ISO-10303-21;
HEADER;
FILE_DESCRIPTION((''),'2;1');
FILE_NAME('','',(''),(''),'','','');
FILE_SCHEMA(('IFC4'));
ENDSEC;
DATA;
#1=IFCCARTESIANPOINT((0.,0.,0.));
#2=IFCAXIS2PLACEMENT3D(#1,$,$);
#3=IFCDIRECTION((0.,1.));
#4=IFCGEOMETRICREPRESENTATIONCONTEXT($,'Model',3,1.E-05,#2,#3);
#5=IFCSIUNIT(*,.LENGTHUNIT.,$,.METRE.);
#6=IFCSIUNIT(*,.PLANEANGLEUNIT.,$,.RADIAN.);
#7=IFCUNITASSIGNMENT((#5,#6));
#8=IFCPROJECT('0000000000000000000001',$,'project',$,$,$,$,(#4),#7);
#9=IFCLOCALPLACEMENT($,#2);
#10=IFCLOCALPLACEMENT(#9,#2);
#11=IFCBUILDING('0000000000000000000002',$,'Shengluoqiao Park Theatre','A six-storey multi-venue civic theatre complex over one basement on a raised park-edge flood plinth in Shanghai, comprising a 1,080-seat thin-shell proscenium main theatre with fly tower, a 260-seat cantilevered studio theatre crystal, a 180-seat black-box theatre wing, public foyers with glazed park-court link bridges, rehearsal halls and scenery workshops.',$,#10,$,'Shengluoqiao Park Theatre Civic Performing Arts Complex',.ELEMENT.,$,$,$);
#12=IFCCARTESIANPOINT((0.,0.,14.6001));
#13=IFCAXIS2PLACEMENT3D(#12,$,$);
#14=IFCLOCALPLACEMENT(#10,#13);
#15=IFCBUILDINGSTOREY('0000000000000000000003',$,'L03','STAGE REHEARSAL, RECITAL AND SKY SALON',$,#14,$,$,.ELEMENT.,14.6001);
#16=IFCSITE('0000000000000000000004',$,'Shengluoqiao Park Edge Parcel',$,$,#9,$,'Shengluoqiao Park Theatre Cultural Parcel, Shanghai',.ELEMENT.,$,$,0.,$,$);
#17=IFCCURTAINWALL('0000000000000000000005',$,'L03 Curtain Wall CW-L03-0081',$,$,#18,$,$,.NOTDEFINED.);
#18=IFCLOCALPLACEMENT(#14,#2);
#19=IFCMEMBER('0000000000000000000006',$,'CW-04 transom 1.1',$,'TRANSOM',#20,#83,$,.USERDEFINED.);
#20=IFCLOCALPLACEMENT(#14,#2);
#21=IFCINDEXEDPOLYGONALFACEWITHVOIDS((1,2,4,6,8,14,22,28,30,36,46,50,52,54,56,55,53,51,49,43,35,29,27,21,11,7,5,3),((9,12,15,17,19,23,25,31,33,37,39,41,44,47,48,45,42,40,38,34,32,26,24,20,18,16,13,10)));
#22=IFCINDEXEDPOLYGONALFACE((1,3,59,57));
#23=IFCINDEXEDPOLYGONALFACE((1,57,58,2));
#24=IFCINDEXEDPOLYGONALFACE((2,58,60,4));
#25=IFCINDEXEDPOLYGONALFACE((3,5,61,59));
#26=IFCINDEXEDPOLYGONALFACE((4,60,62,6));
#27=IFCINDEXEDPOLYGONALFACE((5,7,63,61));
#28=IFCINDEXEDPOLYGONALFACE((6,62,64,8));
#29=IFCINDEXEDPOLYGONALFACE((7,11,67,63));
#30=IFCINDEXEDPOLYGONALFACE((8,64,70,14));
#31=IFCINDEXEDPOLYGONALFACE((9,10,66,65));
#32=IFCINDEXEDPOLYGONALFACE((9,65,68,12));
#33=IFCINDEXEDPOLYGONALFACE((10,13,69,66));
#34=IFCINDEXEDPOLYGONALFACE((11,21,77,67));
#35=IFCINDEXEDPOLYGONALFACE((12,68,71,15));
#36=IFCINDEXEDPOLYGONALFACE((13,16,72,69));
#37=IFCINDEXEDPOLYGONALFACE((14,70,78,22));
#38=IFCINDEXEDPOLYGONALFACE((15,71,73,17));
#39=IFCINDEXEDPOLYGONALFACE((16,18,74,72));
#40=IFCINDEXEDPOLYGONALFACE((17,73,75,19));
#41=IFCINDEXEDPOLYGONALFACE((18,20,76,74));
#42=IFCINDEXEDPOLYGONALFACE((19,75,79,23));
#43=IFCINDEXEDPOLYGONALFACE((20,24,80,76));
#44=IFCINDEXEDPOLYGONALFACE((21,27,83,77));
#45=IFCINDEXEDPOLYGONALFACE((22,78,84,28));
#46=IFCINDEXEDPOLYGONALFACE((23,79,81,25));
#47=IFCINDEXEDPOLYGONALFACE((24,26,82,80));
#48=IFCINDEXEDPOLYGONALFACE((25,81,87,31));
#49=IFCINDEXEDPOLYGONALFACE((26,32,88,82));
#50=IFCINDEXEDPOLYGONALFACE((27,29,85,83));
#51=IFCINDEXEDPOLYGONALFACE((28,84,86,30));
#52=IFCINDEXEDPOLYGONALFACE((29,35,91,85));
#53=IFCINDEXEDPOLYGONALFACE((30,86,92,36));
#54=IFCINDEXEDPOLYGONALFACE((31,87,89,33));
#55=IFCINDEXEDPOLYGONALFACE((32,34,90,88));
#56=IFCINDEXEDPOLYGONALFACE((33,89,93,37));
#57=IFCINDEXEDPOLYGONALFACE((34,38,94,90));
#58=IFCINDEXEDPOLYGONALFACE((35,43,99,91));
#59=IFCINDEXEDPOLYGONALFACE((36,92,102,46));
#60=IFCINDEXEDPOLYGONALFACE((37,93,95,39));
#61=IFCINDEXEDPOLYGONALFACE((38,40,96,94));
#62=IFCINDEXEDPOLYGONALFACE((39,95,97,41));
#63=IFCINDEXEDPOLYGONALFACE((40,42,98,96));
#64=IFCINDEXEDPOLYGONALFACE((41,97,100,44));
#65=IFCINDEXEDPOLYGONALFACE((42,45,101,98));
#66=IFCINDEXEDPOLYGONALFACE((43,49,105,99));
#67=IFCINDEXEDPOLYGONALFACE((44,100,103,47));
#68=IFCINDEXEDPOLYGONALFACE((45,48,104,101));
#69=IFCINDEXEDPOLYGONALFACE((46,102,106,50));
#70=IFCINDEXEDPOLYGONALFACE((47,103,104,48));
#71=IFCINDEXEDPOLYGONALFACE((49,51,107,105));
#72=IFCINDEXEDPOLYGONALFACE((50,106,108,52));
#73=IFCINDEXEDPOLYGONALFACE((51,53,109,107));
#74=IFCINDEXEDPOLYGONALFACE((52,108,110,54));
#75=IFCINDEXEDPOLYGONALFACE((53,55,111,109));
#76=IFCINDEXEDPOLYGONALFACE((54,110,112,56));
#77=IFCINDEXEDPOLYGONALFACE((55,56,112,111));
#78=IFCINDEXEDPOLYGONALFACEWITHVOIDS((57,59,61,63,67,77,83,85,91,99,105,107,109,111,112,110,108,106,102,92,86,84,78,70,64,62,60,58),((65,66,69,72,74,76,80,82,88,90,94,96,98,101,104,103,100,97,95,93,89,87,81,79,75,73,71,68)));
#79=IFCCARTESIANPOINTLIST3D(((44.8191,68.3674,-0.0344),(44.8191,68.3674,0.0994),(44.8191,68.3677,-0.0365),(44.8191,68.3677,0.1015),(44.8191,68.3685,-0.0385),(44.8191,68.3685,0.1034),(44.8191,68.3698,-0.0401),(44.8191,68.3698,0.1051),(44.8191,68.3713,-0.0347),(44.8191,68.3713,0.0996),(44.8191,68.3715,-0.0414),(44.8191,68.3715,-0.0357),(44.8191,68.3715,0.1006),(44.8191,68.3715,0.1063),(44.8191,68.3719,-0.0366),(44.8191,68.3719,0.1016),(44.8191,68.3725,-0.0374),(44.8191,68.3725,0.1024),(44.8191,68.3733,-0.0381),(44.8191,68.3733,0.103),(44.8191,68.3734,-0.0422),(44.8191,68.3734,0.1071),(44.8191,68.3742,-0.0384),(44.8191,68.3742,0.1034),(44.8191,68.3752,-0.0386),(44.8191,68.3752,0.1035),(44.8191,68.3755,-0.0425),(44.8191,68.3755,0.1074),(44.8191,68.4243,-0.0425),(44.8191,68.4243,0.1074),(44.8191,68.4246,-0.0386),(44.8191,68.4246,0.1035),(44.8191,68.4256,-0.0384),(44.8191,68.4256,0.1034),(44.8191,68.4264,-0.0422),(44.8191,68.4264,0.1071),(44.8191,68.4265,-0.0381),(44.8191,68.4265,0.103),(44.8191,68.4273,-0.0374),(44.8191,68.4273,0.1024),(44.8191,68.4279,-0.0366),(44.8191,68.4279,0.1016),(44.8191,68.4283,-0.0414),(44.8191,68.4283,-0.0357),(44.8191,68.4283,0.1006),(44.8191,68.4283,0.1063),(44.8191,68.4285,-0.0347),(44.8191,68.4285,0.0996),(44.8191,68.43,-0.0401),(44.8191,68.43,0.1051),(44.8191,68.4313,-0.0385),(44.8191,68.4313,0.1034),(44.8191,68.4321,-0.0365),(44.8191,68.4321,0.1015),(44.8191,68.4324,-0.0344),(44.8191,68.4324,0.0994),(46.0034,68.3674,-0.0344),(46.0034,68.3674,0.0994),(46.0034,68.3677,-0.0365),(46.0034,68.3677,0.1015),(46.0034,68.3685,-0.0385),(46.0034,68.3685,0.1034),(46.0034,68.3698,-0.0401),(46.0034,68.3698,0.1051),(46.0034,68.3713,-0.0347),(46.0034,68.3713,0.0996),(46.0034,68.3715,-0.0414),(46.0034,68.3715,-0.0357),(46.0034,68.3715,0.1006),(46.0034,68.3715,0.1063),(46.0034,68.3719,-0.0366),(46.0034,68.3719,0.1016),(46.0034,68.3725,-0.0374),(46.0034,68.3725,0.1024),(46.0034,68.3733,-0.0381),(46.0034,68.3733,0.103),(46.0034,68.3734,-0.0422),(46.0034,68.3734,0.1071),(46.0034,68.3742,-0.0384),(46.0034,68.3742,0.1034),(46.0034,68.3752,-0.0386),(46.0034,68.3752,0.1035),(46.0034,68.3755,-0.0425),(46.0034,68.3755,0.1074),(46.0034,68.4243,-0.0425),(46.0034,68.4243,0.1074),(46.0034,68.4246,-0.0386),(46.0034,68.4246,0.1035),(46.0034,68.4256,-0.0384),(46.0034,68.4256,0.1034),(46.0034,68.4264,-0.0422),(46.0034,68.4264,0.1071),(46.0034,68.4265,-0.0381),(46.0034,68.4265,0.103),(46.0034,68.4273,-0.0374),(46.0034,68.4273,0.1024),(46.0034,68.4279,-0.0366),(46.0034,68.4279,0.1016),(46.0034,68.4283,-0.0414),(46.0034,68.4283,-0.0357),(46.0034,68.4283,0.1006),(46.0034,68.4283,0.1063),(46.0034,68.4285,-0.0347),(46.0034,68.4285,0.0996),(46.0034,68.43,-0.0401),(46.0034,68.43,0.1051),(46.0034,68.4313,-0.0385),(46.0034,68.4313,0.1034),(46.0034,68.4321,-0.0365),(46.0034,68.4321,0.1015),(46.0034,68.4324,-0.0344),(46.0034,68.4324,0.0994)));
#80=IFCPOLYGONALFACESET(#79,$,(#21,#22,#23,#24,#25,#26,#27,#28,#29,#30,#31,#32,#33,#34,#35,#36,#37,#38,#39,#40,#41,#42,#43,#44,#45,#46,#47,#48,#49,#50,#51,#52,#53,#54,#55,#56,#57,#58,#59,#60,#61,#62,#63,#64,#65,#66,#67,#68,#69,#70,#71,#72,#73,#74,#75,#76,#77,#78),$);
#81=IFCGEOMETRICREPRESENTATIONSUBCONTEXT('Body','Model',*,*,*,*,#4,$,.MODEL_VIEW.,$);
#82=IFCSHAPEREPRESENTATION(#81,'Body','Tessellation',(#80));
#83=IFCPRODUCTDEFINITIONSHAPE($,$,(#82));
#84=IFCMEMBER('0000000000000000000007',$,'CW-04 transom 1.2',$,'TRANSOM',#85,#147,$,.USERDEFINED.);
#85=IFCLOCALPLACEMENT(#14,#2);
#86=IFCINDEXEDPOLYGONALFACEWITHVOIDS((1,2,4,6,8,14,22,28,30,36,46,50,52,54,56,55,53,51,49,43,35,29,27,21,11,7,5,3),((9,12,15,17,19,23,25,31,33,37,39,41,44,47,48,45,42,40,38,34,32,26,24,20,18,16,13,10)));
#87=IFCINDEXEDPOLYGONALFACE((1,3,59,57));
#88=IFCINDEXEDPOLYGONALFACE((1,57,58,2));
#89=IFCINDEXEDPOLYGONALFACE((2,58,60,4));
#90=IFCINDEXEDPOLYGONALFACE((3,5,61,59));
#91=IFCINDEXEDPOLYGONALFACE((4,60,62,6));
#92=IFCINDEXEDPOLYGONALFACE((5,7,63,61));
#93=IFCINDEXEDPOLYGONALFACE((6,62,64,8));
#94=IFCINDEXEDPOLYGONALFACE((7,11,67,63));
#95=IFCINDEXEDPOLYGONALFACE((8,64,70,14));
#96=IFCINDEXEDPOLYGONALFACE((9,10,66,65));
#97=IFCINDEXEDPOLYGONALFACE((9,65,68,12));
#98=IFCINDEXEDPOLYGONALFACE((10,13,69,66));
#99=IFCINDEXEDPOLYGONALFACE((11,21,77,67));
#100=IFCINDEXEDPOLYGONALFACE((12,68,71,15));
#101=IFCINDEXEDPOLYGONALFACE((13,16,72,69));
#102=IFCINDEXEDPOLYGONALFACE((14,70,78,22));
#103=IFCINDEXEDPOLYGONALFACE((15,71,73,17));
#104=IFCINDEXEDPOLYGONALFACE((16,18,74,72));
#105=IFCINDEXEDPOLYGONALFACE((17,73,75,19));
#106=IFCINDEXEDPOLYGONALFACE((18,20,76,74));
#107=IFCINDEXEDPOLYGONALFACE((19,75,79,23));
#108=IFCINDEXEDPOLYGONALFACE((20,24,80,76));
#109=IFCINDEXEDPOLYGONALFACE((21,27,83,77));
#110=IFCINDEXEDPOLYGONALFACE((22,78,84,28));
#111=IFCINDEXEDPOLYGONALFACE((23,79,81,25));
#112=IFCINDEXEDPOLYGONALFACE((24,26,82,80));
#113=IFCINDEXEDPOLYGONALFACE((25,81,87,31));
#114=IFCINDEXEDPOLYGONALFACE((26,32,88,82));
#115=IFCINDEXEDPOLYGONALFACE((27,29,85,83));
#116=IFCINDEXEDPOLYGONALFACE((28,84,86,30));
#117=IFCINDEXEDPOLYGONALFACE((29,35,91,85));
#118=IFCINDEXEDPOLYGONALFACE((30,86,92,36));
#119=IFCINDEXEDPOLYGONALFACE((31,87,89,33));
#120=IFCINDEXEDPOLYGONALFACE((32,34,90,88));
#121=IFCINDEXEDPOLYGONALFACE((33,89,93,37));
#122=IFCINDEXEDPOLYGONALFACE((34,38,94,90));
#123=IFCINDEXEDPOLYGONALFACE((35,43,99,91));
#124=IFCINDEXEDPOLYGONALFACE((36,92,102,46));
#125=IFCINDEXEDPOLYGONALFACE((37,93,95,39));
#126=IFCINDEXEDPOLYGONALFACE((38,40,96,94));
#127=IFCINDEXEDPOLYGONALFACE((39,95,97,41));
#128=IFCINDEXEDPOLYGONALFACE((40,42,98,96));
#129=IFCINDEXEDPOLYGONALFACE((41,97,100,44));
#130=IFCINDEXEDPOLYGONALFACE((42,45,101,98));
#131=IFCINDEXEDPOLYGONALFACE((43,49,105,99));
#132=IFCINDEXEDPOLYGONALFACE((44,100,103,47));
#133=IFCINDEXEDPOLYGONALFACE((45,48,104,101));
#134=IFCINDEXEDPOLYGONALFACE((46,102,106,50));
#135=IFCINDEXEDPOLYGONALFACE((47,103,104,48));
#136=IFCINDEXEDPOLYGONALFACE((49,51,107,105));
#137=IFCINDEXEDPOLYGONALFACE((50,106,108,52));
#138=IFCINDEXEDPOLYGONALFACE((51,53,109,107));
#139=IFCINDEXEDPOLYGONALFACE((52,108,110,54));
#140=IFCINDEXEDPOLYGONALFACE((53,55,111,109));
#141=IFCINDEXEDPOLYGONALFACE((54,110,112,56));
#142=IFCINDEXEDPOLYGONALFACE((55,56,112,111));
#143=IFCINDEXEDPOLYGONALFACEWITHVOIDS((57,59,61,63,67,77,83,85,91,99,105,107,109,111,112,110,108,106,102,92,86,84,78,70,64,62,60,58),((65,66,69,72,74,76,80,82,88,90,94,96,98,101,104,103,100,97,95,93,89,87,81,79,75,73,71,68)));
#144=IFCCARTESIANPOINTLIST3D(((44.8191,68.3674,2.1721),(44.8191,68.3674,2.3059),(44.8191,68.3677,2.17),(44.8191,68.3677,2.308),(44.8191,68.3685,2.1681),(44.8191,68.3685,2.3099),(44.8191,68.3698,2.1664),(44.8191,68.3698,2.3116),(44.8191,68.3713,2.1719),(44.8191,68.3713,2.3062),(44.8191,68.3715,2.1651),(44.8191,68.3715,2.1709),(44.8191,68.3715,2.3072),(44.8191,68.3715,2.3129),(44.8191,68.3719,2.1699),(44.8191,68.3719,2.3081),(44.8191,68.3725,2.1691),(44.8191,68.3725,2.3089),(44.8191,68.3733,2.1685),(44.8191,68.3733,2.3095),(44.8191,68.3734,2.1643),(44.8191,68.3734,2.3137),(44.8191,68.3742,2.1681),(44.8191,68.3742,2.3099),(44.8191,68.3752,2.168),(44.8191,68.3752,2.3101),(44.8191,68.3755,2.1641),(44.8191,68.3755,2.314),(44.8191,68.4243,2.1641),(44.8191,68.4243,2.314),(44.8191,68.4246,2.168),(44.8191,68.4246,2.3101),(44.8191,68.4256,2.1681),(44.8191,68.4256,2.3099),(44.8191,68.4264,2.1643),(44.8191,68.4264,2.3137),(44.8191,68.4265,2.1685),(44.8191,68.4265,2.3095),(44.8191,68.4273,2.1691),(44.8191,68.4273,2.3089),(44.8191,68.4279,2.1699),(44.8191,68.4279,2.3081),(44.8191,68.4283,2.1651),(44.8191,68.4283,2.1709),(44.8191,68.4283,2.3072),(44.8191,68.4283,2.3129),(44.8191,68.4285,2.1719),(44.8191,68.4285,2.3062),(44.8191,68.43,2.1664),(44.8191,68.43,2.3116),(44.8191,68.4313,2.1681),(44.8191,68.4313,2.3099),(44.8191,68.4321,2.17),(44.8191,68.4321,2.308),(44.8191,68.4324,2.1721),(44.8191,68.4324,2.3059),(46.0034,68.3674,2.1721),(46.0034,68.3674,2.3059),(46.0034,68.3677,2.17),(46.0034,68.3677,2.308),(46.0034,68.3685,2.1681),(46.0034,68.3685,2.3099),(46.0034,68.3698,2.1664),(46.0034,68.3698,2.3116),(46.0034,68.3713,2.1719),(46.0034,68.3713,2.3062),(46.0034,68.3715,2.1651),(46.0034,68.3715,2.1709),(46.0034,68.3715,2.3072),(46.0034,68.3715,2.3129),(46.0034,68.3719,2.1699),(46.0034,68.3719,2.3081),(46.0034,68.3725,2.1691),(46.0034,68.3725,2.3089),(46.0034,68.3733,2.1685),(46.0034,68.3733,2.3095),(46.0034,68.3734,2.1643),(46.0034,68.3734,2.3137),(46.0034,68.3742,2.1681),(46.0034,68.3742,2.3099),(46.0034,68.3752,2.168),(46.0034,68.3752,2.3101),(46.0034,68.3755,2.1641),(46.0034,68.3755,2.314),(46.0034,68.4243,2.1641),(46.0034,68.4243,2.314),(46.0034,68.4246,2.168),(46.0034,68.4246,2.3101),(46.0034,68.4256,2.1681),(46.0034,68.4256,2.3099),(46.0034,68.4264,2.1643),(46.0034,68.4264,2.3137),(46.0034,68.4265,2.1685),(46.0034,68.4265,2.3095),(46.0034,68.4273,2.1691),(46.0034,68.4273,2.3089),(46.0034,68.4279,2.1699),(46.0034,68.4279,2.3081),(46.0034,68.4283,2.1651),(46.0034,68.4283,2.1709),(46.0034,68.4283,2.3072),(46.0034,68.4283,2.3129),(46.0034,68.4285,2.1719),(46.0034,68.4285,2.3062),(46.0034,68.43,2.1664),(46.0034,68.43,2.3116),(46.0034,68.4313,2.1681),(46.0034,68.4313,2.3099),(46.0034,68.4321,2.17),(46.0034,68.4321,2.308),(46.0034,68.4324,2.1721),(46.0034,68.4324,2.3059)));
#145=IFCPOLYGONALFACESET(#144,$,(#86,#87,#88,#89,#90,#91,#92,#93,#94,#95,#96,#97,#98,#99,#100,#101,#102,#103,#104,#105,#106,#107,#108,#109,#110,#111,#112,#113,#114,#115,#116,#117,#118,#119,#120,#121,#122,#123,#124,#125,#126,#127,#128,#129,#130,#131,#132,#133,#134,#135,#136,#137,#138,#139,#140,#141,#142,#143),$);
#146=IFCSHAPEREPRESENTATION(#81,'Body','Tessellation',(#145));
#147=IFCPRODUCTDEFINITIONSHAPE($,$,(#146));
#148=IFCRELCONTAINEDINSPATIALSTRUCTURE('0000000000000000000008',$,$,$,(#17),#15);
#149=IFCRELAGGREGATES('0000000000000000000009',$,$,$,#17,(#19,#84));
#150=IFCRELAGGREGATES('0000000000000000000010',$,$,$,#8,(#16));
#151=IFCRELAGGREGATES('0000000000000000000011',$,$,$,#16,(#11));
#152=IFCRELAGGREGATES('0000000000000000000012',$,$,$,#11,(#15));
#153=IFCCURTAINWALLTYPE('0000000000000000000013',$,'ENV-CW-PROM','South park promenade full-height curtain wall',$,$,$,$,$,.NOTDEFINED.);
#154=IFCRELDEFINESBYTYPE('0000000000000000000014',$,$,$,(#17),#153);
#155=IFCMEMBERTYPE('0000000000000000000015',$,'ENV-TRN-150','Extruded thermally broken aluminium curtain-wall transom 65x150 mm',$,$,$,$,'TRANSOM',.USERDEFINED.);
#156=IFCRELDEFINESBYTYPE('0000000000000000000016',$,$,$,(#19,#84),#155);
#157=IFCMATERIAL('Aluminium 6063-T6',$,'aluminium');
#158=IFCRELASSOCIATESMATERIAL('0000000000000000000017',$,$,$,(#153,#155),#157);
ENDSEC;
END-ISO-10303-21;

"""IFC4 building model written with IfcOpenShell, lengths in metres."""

from ifc_helpers import new_model, si_unit, direction, frame, origin, origin_2d, place, context, subcontext, project, spatial, hollow_rectangle, extrude, material, material_profile, profile_set, type_object, element, aggregate, save


model = new_model("IFC4")

# Units and contexts
model_context = context("Model", 3, precision=1e-05, world=origin(), true_north=direction((0.0, 1.0)))
body_context = subcontext(model_context, "Body", "Model", "MODEL_VIEW")
ifc_project = project(units=[si_unit("LENGTHUNIT", "METRE"), si_unit("PLANEANGLEUNIT", "RADIAN")], contexts=[model_context])

# Site, building, storey
site_placement = place(None, origin())
site = spatial("IfcSite", under=ifc_project, at=site_placement, Name="Shengluoqiao Park Edge Parcel", LongName="Shengluoqiao Park Theatre Cultural Parcel, Shanghai", CompositionType="ELEMENT", RefElevation=0.0)
building_placement = place(site_placement, origin())
building = spatial("IfcBuilding", under=site, at=building_placement, Name="Shengluoqiao Park Theatre", Description="A six-storey multi-venue civic theatre complex over one basement on a raised park-edge flood plinth in Shanghai, comprising a 1,080-seat thin-shell proscenium main theatre with fly tower, a 260-seat cantilevered studio theatre crystal, a 180-seat black-box theatre wing, public foyers with glazed park-court link bridges, rehearsal halls and scenery workshops.", LongName="Shengluoqiao Park Theatre Civic Performing Arts Complex", CompositionType="ELEMENT")
storey_placement = place(building_placement, frame((0.0, 0.0, 14.6001)))
storey = spatial("IfcBuildingStorey", under=building, at=storey_placement, Name="L03", Description="STAGE REHEARSAL, RECITAL AND SKY SALON", CompositionType="ELEMENT", Elevation=14.6001)

# Curtain wall
ifc_material_1 = material(Name="Aluminium 6063-T6", Category="aluminium")
curtain_wall_type = type_object("IfcCurtainWallType", Name="ENV-CW-PROM", Description="South park promenade full-height curtain wall", PredefinedType="NOTDEFINED", material=ifc_material_1)
curtain_wall_1_placement = place(storey_placement, origin())
curtain_wall_1 = element("IfcCurtainWall", 1, at=curtain_wall_1_placement, inside=storey, type_object=curtain_wall_type, Name="L03 Curtain Wall CW-L03-0081", PredefinedType="NOTDEFINED")

# Members
ifc_material_profile_1 = material_profile(ifc_material_1, hollow_rectangle(XDim=0.0649, YDim=0.1499, WallThickness=0.0039, InnerFilletRadius=0.0039, OuterFilletRadius=0.0081, at=origin_2d()), Name="ALU TRANSOM 150x65x4")
ifc_profile_set_1 = profile_set([ifc_material_profile_1], Name="Aluminium 6063-T6")
member_type_1 = type_object("IfcMemberType", Name="ENV-TRN-150", Description="Extruded thermally broken aluminium curtain-wall transom 65x150 mm", ElementType="TRANSOM", PredefinedType="USERDEFINED", material=ifc_profile_set_1)
member_1_placement = place(storey_placement, frame((44.8191, 68.3999, 0.0325), z_axis=(1.0, 0.0, 0.0), x_axis=(0.0, 1.0, 0.0)))
member_1 = element("IfcMember", 2, at=member_1_placement, type_object=member_type_1, Name="CW-04 transom 1.1", ObjectType="TRANSOM", PredefinedType="USERDEFINED", context=body_context, shape_type="SweptSolid", body=[
    extrude(hollow_rectangle(XDim=0.0649, YDim=0.1499, WallThickness=0.0039, InnerFilletRadius=0.0039, OuterFilletRadius=0.0081, at=origin_2d()), origin(), (0.0, 0.0, 1.0), 1.1843),
])
member_2_placement = place(storey_placement, frame((44.8191, 68.3999, 2.239), z_axis=(1.0, 0.0, 0.0), x_axis=(0.0, 1.0, 0.0)))
member_2 = element("IfcMember", 3, at=member_2_placement, type_object=member_type_1, Name="CW-04 transom 1.2", ObjectType="TRANSOM", PredefinedType="USERDEFINED", context=body_context, shape_type="SweptSolid", body=[
    extrude(hollow_rectangle(XDim=0.0649, YDim=0.1499, WallThickness=0.0039, InnerFilletRadius=0.0039, OuterFilletRadius=0.0081, at=origin_2d()), origin(), (0.0, 0.0, 1.0), 1.1843),
])

aggregate(curtain_wall_1, [member_1, member_2])

save(model, "model.ifc")
